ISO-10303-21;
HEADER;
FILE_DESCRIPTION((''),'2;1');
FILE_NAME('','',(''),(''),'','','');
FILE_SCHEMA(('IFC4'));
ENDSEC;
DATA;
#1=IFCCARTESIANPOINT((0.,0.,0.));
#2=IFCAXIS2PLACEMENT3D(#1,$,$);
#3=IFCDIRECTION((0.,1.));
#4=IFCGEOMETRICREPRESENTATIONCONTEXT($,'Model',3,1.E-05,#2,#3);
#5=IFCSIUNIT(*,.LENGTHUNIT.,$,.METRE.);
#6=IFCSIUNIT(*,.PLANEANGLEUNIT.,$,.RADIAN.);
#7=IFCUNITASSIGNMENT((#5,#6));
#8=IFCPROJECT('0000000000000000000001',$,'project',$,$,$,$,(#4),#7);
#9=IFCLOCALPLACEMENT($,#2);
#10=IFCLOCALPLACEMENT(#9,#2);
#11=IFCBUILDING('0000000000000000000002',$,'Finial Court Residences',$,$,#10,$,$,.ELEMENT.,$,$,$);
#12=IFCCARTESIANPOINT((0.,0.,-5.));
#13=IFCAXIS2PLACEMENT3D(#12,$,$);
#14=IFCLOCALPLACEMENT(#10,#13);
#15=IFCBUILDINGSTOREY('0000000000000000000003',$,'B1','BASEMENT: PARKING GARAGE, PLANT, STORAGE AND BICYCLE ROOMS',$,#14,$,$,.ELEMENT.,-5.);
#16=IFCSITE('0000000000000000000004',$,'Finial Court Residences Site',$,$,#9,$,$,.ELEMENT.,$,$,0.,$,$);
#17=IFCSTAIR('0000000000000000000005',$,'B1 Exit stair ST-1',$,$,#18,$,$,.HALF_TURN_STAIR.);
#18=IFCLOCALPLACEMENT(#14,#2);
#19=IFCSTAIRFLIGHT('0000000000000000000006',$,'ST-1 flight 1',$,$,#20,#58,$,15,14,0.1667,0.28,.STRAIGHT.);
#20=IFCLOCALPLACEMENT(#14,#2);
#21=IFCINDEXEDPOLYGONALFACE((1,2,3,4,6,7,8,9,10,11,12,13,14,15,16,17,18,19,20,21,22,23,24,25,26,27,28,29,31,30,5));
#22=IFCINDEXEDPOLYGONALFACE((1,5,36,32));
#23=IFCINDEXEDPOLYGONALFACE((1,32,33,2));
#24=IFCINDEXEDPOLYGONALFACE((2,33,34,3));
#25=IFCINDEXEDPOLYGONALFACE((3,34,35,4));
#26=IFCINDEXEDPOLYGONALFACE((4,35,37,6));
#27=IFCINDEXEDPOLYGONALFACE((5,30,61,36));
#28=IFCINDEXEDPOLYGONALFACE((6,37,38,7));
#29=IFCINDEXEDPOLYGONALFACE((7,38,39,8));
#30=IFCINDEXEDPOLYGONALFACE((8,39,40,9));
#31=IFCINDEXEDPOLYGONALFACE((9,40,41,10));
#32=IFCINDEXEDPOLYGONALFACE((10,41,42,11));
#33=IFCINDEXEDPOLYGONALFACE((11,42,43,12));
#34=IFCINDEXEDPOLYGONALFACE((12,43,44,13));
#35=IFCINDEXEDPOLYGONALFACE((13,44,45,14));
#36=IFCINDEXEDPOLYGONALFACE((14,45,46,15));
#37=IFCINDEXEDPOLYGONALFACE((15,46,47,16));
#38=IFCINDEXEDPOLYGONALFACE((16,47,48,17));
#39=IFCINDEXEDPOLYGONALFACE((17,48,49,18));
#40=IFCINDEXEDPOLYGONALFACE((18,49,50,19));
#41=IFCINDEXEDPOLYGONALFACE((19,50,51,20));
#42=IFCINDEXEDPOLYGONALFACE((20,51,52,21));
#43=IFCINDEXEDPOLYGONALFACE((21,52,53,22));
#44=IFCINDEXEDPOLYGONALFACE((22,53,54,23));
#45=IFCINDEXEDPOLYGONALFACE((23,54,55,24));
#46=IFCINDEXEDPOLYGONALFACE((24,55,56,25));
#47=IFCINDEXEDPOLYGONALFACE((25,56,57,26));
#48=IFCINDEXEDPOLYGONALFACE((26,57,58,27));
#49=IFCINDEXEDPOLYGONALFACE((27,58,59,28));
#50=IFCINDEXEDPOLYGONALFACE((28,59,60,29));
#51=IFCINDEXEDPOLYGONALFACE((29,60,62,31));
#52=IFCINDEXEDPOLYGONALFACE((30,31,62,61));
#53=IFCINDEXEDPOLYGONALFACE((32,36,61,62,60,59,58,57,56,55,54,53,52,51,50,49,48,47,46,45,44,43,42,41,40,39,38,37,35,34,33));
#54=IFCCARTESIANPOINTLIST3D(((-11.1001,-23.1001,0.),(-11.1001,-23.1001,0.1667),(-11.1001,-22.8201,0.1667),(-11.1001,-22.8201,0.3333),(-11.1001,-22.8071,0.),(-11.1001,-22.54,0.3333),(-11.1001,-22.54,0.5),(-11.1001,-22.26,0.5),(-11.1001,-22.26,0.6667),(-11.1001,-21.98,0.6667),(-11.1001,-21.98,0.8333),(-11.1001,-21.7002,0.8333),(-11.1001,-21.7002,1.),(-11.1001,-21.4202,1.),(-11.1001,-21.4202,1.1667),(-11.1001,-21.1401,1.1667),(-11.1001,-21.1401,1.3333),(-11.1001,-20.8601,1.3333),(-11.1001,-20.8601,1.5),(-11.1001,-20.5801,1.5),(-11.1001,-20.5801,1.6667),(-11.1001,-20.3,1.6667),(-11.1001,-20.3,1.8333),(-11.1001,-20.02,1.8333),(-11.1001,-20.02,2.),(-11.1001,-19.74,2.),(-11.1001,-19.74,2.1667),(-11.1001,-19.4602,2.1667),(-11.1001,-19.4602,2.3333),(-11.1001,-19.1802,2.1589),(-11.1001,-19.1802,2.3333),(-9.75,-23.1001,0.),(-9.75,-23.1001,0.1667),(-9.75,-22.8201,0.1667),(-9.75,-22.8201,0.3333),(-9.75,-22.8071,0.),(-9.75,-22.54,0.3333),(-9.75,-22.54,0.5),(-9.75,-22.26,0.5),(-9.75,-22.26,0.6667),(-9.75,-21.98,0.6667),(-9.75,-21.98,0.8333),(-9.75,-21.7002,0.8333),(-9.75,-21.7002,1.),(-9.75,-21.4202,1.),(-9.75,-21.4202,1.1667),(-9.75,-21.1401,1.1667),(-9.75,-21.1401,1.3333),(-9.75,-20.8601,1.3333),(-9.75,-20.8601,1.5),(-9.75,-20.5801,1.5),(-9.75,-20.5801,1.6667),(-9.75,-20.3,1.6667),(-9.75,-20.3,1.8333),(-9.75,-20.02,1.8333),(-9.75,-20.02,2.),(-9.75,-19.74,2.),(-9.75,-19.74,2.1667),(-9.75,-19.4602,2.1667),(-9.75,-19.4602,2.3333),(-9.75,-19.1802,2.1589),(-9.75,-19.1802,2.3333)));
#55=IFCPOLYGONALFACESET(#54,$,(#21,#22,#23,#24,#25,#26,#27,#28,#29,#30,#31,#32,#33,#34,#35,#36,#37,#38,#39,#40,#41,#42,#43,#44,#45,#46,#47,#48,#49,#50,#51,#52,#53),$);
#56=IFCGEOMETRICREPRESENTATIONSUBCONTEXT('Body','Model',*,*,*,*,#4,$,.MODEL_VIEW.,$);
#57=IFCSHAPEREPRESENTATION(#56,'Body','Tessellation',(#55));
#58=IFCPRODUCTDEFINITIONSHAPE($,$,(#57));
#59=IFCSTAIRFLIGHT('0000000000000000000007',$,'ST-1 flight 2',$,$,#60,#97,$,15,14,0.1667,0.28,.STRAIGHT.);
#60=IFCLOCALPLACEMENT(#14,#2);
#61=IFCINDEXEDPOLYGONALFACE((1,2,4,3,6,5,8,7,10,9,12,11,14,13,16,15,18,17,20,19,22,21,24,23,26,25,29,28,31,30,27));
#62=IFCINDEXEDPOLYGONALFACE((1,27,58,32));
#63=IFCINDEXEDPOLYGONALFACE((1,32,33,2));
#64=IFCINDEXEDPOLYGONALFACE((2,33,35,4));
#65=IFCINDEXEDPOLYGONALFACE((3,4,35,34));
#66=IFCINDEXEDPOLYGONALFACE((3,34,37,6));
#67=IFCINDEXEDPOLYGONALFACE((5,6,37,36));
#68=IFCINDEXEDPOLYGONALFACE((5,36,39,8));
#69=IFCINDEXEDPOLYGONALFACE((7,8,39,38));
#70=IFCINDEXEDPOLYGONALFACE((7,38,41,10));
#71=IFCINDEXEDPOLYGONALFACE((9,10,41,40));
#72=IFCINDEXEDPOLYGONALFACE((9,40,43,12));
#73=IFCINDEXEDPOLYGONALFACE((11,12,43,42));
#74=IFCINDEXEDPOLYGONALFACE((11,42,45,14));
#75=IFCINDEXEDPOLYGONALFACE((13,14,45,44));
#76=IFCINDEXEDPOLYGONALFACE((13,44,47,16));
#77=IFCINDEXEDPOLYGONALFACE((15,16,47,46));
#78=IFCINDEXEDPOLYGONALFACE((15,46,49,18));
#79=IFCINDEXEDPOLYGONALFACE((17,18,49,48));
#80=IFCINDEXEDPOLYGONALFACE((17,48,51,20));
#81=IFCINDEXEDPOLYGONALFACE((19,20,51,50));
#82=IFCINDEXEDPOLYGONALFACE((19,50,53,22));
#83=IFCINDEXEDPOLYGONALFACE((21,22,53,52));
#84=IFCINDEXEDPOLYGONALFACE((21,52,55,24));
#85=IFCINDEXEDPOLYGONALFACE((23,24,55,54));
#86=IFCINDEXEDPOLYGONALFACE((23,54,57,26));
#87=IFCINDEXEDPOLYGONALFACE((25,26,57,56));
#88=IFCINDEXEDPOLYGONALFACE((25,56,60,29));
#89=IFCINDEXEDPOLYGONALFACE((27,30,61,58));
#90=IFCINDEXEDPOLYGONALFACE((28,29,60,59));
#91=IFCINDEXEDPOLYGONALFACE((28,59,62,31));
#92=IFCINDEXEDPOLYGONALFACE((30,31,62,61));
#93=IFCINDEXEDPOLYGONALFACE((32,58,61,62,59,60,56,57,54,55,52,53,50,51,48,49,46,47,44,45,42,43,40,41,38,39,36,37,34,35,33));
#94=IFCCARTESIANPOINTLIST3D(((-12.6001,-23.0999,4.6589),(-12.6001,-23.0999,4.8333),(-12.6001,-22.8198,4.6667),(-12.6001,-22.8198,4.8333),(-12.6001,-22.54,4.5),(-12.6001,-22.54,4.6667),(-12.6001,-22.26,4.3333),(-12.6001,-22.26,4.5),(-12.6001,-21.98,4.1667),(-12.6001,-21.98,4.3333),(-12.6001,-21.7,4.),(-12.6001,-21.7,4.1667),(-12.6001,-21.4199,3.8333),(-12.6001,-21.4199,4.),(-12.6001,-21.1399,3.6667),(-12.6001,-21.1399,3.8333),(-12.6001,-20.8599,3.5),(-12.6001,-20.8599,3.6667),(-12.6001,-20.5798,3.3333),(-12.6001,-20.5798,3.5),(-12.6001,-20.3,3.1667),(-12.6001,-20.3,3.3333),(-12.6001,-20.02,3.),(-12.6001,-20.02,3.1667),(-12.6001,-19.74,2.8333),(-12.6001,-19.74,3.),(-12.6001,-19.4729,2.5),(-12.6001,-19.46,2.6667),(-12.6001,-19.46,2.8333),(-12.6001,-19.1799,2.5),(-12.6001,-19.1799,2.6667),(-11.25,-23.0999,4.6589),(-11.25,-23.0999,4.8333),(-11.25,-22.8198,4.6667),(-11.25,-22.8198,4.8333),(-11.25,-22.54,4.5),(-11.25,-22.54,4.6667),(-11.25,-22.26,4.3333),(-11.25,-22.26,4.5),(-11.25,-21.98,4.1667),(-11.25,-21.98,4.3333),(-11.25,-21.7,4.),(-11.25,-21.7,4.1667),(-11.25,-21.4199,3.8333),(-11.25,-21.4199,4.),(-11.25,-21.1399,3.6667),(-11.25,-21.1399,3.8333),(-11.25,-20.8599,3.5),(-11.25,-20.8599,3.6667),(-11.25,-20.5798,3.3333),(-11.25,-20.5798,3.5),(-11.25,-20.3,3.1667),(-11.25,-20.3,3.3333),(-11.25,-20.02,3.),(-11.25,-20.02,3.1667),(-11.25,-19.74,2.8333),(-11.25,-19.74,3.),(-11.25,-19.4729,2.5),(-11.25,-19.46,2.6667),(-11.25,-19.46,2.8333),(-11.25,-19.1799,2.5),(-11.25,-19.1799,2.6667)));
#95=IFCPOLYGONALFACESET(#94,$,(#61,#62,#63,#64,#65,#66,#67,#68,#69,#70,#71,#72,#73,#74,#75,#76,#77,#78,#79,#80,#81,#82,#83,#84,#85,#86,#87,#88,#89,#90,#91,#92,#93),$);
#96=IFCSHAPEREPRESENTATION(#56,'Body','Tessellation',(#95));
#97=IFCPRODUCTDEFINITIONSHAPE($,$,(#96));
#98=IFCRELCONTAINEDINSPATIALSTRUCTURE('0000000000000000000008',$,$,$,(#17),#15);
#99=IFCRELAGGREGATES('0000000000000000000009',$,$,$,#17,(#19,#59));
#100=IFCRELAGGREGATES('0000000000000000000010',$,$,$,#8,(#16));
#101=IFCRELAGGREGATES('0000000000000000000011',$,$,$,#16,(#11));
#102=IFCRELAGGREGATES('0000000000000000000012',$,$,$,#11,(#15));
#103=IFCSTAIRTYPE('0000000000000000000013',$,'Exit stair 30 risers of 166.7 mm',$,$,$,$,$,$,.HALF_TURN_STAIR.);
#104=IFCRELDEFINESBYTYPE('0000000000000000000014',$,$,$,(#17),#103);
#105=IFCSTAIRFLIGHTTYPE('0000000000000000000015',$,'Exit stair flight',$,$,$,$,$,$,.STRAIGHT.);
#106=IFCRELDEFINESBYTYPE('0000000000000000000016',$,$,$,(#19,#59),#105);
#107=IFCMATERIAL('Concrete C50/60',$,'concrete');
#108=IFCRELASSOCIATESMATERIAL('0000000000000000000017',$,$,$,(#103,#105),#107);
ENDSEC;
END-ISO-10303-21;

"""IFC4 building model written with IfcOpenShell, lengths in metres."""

from ifc_helpers import new_model, si_unit, direction, frame, origin, place, context, subcontext, project, spatial, polyline, outline, extrude, material, type_object, element, aggregate, save


model = new_model("IFC4")

# Units and contexts
model_context = context("Model", 3, precision=1e-05, world=origin(), true_north=direction((0.0, 1.0)))
body_context = subcontext(model_context, "Body", "Model", "MODEL_VIEW")
ifc_project = project(units=[si_unit("LENGTHUNIT", "METRE"), si_unit("PLANEANGLEUNIT", "RADIAN")], contexts=[model_context])

# Site, building, storey
site_placement = place(None, origin())
site = spatial("IfcSite", under=ifc_project, at=site_placement, Name="Finial Court Residences Site", CompositionType="ELEMENT", RefElevation=0.0)
building_placement = place(site_placement, origin())
building = spatial("IfcBuilding", under=site, at=building_placement, Name="Finial Court Residences", CompositionType="ELEMENT")
storey_placement = place(building_placement, frame((0.0, 0.0, -5.0)))
storey = spatial("IfcBuildingStorey", under=building, at=storey_placement, Name="B1", Description="BASEMENT: PARKING GARAGE, PLANT, STORAGE AND BICYCLE ROOMS", CompositionType="ELEMENT", Elevation=-5.0)

# Shared definitions
ifc_material_1 = material(Name="Concrete C50/60", Category="concrete")

# Stair, stair flights
stair_type = type_object("IfcStairType", Name="Exit stair 30 risers of 166.7 mm", PredefinedType="HALF_TURN_STAIR", material=ifc_material_1)
stair_placement = place(storey_placement, origin())
stair = element("IfcStair", 1, at=stair_placement, inside=storey, type_object=stair_type, Name="B1 Exit stair ST-1", PredefinedType="HALF_TURN_STAIR")
stair_flight_type = type_object("IfcStairFlightType", Name="Exit stair flight", PredefinedType="STRAIGHT", material=ifc_material_1)
stair_flight_1_placement = place(storey_placement, frame((-10.425, -23.1001, 0.0), z_axis=(0.0, 0.0, 1.0), x_axis=(0.0, 1.0, 0.0)))
stair_flight_1 = element("IfcStairFlight", 2, at=stair_flight_1_placement, type_object=stair_flight_type, Name="ST-1 flight 1", NumberOfRisers=15, NumberOfTreads=14, PredefinedType="STRAIGHT", RiserHeight=0.1667, TreadLength=0.28, context=body_context, shape_type="SweptSolid", body=[
    extrude(outline(polyline([(0.0, 0.0), (0.0, 0.1667), (0.28, 0.1667), (0.28, 0.3333), (0.5601, 0.3333), (0.5601, 0.5), (0.8401, 0.5), (0.8401, 0.6667), (1.1201, 0.6667), (1.1201, 0.8333), (1.3999, 0.8333), (1.3999, 1.0), (1.6799, 1.0), (1.6799, 1.1667), (1.96, 1.1667), (1.96, 1.3333), (2.24, 1.3333), (2.24, 1.5), (2.52, 1.5), (2.52, 1.6667), (2.8, 1.6667), (2.8, 1.8333), (3.0801, 1.8333), (3.0801, 2.0), (3.3601, 2.0), (3.3601, 2.1667), (3.6399, 2.1667), (3.6399, 2.3333), (3.9199, 2.3333), (3.9199, 2.5), (3.9199, 2.1589), (0.293, 0.0), (0.0, 0.0)])), frame((0.0, 0.675, 0.0), z_axis=(0.0, -1.0, 0.0), x_axis=(1.0, 0.0, 0.0)), (0.0, 0.0, 1.0), 1.3501),
])
stair_flight_2_placement = place(storey_placement, frame((-11.925, -19.1799, 2.5), z_axis=(0.0, 0.0, 1.0), x_axis=(0.0, -1.0, 0.0)))
stair_flight_2 = element("IfcStairFlight", 3, at=stair_flight_2_placement, type_object=stair_flight_type, Name="ST-1 flight 2", NumberOfRisers=15, NumberOfTreads=14, PredefinedType="STRAIGHT", RiserHeight=0.1667, TreadLength=0.28, context=body_context, shape_type="SweptSolid", body=[
    extrude(outline(polyline([(0.0, 0.0), (0.0, 0.1667), (0.28, 0.1667), (0.28, 0.3333), (0.5601, 0.3333), (0.5601, 0.5), (0.8401, 0.5), (0.8401, 0.6667), (1.1201, 0.6667), (1.1201, 0.8333), (1.3999, 0.8333), (1.3999, 1.0), (1.6799, 1.0), (1.6799, 1.1667), (1.96, 1.1667), (1.96, 1.3333), (2.24, 1.3333), (2.24, 1.5), (2.52, 1.5), (2.52, 1.6667), (2.8, 1.6667), (2.8, 1.8333), (3.0801, 1.8333), (3.0801, 2.0), (3.3601, 2.0), (3.3601, 2.1667), (3.6399, 2.1667), (3.6399, 2.3333), (3.9199, 2.3333), (3.9199, 2.5), (3.9199, 2.1589), (0.293, 0.0), (0.0, 0.0)])), frame((0.0, 0.675, 0.0), z_axis=(0.0, -1.0, 0.0), x_axis=(1.0, 0.0, 0.0)), (0.0, 0.0, 1.0), 1.3501),
])
aggregate(stair, [stair_flight_1, stair_flight_2])

save(model, "model.ifc")
